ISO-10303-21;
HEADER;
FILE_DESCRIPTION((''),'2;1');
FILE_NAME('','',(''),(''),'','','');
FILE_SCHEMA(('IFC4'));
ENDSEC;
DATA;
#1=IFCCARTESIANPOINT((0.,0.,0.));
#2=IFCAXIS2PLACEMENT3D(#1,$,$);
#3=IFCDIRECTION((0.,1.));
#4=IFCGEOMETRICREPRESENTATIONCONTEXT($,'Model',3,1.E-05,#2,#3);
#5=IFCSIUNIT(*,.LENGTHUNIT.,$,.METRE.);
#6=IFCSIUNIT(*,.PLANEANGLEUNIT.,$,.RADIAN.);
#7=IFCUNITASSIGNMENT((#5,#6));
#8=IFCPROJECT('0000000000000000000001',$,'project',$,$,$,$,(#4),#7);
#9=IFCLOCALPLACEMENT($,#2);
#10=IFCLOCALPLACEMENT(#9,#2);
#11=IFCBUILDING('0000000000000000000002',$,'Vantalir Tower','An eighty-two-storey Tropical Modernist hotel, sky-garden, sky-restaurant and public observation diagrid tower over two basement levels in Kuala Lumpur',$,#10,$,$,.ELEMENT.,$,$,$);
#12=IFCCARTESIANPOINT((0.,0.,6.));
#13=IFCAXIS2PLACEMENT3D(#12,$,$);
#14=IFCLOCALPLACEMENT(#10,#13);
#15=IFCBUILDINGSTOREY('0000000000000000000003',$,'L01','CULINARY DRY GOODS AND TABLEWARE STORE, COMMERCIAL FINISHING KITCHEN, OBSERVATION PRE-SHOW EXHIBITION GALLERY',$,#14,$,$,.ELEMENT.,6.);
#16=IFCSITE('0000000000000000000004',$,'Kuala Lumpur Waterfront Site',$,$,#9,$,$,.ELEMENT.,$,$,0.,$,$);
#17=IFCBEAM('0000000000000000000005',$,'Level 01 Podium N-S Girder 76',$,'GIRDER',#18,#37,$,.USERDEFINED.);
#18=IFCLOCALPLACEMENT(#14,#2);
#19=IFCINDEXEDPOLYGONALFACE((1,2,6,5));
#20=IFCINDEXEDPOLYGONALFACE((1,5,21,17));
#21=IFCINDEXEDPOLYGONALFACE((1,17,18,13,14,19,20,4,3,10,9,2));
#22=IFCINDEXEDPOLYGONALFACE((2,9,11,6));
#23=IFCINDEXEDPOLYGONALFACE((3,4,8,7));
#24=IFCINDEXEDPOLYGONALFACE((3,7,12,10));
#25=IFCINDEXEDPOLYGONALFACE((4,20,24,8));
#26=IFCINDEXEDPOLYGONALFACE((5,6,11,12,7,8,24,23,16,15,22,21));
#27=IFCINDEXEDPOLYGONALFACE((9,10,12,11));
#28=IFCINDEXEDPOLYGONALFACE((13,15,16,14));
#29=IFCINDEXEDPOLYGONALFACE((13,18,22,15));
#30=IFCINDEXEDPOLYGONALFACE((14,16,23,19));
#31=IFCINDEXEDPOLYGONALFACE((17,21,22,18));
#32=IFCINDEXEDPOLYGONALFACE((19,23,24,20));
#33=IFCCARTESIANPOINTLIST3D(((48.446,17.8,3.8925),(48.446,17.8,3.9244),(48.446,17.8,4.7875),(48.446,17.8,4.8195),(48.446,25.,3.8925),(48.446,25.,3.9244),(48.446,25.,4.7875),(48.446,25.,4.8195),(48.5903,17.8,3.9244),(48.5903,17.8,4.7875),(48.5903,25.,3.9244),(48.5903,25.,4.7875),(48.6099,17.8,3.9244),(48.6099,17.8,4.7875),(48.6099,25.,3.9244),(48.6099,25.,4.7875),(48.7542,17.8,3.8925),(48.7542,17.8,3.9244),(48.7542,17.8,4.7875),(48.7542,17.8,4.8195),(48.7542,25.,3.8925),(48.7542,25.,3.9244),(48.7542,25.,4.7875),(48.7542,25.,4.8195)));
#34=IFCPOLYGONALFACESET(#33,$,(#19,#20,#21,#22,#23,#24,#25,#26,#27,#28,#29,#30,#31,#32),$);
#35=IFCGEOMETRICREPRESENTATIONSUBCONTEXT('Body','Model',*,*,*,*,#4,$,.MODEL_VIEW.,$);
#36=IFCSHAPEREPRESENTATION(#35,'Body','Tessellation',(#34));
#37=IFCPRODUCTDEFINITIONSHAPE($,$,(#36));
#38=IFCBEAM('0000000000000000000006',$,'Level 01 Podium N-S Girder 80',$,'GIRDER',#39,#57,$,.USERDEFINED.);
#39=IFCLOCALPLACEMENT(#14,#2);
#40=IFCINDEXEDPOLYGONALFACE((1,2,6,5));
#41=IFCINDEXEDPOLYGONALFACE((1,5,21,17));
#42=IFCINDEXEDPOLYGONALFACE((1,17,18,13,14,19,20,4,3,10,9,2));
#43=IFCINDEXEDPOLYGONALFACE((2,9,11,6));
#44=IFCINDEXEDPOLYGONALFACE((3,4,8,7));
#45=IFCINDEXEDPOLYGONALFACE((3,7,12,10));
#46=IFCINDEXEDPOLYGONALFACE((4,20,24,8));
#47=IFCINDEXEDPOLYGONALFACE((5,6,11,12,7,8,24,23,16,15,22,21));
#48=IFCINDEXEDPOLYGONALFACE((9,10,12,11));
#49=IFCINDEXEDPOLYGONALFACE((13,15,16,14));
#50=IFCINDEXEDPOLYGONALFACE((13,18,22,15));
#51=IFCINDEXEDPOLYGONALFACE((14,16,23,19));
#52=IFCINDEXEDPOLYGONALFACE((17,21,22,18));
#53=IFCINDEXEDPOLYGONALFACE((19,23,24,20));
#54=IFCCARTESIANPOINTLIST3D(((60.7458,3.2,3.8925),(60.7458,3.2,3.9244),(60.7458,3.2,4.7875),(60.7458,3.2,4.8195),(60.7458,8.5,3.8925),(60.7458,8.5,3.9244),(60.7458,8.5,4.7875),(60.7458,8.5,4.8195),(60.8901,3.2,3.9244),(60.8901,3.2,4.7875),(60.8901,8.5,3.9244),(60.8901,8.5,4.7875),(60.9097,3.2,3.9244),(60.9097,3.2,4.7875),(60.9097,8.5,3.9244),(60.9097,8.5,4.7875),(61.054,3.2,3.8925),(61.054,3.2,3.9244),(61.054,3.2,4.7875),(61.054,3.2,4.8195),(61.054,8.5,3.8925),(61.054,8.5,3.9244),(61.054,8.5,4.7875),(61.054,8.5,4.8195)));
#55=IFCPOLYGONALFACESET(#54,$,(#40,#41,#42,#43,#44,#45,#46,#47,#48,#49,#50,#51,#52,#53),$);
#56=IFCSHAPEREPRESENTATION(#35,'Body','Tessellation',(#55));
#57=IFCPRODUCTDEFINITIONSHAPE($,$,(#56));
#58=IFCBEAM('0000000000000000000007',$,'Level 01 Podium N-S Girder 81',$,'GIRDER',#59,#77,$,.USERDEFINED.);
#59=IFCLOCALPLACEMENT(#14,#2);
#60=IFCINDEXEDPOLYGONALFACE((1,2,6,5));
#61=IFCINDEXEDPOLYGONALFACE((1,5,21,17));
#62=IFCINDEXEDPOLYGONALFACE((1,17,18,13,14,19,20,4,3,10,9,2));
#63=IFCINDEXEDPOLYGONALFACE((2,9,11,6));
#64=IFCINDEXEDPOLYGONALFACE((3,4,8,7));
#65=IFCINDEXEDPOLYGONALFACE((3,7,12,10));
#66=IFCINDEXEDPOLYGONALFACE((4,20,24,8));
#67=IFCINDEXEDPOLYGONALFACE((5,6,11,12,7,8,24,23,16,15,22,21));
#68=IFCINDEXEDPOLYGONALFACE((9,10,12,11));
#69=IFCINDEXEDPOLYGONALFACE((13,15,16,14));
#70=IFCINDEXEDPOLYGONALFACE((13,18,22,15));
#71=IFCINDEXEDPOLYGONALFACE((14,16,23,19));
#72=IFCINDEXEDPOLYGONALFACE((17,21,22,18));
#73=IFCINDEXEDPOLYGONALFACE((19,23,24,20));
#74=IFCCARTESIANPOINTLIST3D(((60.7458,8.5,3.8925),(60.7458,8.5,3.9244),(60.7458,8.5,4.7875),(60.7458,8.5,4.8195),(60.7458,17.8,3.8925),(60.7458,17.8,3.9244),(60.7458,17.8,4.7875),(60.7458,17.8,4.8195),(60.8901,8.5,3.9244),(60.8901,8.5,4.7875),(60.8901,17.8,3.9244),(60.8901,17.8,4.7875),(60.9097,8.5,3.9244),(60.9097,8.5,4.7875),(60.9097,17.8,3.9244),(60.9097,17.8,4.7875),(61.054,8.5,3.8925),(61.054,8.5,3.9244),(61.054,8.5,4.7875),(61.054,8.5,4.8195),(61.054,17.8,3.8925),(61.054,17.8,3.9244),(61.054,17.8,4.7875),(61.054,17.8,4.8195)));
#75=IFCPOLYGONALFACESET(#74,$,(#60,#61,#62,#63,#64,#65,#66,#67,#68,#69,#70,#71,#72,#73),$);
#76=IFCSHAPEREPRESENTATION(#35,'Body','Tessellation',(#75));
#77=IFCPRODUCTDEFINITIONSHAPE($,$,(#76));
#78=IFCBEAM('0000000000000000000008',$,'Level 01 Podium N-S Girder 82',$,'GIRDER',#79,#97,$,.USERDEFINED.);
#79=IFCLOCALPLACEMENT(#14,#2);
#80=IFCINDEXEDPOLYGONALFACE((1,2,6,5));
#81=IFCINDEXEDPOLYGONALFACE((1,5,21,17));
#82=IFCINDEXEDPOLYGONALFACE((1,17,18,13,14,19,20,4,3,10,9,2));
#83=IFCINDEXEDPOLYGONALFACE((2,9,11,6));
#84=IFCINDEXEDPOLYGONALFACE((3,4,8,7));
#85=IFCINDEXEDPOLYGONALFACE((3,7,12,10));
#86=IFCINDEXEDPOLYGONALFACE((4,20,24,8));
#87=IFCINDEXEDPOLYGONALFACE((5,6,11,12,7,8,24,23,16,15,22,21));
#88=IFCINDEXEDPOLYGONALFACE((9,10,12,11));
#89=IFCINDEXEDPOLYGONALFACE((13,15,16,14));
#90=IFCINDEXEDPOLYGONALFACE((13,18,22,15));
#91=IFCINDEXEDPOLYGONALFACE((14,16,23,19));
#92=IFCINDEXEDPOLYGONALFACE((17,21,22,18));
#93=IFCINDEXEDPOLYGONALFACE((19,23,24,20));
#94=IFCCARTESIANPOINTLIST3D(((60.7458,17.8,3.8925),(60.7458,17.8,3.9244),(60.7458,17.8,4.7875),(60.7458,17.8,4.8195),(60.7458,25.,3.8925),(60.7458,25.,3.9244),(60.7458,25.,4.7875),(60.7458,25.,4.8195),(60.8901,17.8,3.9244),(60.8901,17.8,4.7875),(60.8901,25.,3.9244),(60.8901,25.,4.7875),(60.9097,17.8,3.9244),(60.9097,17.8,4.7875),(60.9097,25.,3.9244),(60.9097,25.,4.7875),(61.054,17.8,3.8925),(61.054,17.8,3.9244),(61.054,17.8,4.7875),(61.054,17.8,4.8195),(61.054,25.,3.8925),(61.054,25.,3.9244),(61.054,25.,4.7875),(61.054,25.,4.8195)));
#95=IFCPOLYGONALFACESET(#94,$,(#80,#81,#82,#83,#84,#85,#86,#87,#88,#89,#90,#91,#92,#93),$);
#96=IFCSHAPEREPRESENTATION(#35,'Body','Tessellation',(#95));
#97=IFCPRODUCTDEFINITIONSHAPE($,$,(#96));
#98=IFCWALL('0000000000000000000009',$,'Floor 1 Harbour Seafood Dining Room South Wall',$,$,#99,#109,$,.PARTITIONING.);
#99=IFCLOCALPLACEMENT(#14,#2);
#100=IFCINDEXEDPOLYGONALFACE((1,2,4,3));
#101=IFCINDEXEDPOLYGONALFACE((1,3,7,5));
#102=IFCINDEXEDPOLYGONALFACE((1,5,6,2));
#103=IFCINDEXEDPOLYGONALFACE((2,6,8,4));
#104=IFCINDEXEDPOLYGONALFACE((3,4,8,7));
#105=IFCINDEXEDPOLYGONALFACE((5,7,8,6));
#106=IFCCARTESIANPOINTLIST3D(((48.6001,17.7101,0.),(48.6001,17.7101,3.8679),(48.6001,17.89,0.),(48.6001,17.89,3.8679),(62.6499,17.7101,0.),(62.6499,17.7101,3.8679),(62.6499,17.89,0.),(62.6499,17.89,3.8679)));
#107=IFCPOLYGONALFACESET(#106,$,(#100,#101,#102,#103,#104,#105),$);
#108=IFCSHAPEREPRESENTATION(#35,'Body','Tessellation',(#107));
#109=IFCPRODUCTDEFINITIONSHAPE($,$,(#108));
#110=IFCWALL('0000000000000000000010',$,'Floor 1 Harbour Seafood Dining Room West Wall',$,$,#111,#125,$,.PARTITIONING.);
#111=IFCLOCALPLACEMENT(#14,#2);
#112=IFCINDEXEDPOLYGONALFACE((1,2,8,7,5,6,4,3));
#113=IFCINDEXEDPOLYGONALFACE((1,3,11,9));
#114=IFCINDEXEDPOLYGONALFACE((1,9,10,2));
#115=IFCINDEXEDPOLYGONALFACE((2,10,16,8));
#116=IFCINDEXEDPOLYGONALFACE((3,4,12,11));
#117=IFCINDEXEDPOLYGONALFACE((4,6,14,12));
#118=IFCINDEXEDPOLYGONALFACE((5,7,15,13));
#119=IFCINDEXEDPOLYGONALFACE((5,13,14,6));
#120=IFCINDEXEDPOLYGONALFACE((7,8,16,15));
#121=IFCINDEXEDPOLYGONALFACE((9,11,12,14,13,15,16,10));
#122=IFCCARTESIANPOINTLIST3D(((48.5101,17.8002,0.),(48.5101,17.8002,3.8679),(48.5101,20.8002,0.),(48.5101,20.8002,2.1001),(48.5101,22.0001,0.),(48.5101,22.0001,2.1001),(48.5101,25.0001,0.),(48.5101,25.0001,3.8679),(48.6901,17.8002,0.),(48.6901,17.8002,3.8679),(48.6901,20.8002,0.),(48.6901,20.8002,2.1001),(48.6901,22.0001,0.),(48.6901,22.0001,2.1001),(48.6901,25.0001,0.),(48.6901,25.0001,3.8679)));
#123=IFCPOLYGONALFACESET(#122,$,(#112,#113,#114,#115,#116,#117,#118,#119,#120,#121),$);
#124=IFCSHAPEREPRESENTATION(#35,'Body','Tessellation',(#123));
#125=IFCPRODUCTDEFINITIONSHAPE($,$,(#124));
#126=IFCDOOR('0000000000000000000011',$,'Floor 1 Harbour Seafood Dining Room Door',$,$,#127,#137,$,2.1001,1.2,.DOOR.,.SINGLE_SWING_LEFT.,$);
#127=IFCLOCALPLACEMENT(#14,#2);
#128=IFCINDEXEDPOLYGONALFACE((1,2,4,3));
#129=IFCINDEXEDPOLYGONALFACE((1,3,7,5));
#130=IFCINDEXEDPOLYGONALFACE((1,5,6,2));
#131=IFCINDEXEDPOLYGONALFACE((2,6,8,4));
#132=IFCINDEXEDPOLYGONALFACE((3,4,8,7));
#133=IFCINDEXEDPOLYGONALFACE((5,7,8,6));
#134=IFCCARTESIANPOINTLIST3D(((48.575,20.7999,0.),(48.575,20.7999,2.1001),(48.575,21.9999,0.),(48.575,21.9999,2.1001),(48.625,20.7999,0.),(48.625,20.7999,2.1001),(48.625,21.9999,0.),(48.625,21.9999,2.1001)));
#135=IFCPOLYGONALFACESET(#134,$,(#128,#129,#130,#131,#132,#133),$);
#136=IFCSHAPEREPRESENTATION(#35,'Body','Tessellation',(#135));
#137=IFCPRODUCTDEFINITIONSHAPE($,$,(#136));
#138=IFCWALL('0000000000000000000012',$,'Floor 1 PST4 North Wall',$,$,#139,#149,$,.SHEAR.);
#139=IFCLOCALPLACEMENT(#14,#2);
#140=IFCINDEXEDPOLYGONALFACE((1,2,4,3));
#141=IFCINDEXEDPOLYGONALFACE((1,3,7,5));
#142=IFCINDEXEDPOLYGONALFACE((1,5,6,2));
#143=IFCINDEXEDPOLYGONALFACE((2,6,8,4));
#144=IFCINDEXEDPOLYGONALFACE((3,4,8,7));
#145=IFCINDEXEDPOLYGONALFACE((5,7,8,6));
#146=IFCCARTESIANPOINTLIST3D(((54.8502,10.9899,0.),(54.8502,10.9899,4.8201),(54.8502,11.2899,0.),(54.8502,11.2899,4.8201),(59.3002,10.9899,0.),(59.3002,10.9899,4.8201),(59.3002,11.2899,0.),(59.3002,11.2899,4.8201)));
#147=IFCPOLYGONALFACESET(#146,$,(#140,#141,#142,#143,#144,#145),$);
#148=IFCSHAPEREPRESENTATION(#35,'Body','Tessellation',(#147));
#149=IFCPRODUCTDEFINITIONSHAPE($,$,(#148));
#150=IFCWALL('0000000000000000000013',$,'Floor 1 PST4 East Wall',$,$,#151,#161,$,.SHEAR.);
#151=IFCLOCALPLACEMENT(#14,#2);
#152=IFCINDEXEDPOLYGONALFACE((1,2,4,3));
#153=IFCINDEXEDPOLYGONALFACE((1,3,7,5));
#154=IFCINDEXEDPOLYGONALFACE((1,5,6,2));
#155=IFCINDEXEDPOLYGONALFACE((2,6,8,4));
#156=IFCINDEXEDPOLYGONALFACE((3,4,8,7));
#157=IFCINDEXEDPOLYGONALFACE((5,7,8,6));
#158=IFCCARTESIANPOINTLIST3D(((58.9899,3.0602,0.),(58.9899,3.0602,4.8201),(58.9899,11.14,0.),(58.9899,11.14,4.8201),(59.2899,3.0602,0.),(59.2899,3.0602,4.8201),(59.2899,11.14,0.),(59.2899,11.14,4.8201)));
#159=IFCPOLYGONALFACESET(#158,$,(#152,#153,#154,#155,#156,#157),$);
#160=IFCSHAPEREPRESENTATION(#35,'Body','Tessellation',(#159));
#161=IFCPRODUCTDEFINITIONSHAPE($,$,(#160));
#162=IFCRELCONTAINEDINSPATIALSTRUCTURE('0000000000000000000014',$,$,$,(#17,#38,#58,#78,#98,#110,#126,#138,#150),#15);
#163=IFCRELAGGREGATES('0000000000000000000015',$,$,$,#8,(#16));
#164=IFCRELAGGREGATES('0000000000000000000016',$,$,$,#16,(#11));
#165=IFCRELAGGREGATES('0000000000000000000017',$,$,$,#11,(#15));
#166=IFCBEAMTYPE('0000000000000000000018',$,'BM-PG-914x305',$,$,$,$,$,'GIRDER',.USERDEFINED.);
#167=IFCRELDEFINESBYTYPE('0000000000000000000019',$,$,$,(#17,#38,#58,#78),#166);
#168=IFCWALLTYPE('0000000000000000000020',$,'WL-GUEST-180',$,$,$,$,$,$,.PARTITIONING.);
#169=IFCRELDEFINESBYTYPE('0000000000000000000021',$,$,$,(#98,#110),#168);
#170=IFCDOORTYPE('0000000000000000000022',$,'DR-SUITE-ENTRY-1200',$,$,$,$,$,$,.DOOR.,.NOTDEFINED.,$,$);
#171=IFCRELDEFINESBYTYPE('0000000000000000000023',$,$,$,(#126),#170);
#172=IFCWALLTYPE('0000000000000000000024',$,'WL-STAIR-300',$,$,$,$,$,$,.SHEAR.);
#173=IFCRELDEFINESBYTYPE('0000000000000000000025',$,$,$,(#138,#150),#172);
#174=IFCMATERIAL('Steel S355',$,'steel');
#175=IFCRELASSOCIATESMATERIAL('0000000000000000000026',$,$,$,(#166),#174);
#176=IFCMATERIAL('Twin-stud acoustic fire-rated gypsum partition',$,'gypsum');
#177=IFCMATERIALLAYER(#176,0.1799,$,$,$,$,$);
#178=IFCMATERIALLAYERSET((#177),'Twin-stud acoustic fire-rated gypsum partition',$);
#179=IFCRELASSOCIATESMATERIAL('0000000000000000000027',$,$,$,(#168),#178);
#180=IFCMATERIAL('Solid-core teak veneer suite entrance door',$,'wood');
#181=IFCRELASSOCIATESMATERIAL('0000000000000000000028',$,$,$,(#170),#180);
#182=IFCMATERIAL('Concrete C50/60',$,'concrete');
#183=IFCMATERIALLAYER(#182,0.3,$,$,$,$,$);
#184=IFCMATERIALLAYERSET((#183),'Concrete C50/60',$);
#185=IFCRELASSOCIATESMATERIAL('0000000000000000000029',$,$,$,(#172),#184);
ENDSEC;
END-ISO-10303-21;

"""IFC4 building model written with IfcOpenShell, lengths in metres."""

from ifc_helpers import new_model, si_unit, direction, frame, frame_2d, origin, origin_2d, place, context, subcontext, project, spatial, rectangle, i_section, extrude, material, layer, layer_set, material_profile, profile_set, type_object, element, fill, save


model = new_model("IFC4")

# Units and contexts
model_context = context("Model", 3, precision=1e-05, world=origin(), true_north=direction((0.0, 1.0)))
body_context = subcontext(model_context, "Body", "Model", "MODEL_VIEW")
ifc_project = project(units=[si_unit("LENGTHUNIT", "METRE"), si_unit("PLANEANGLEUNIT", "RADIAN")], contexts=[model_context])

# Site, building, storey
site_placement = place(None, origin())
site = spatial("IfcSite", under=ifc_project, at=site_placement, Name="Kuala Lumpur Waterfront Site", CompositionType="ELEMENT", RefElevation=0.0)
building_placement = place(site_placement, origin())
building = spatial("IfcBuilding", under=site, at=building_placement, Name="Vantalir Tower", Description="An eighty-two-storey Tropical Modernist hotel, sky-garden, sky-restaurant and public observation diagrid tower over two basement levels in Kuala Lumpur", CompositionType="ELEMENT")
storey_placement = place(building_placement, frame((0.0, 0.0, 6.0)))
storey = spatial("IfcBuildingStorey", under=building, at=storey_placement, Name="L01", Description="CULINARY DRY GOODS AND TABLEWARE STORE, COMMERCIAL FINISHING KITCHEN, OBSERVATION PRE-SHOW EXHIBITION GALLERY", CompositionType="ELEMENT", Elevation=6.0)

# Beams
ifc_material_1 = material(Name="Steel S355", Category="steel")
ifc_material_profile_1 = material_profile(ifc_material_1, i_section(OverallWidth=0.3081, OverallDepth=0.927, WebThickness=0.0195, FlangeThickness=0.032, at=origin_2d()), Name="Steel S355")
ifc_profile_set_1 = profile_set([ifc_material_profile_1], Name="Steel S355")
beam_type_1 = type_object("IfcBeamType", Name="BM-PG-914x305", ElementType="GIRDER", PredefinedType="USERDEFINED", material=ifc_profile_set_1)
beam_1_placement = place(storey_placement, frame((48.6001, 17.8, 4.356), z_axis=(0.0, 1.0, 0.0), x_axis=(-1.0, 0.0, 0.0)))
element("IfcBeam", 1, at=beam_1_placement, inside=storey, type_object=beam_type_1, Name="Level 01 Podium N-S Girder 76", ObjectType="GIRDER", PredefinedType="USERDEFINED", context=body_context, shape_type="SweptSolid", body=[
    extrude(i_section(OverallWidth=0.3081, OverallDepth=0.927, WebThickness=0.0195, FlangeThickness=0.032, at=origin_2d()), origin(), (0.0, 0.0, 1.0), 7.2),
])
beam_2_placement = place(storey_placement, frame((60.8999, 3.2, 4.356), z_axis=(0.0, 1.0, 0.0), x_axis=(-1.0, 0.0, 0.0)))
element("IfcBeam", 2, at=beam_2_placement, inside=storey, type_object=beam_type_1, Name="Level 01 Podium N-S Girder 80", ObjectType="GIRDER", PredefinedType="USERDEFINED", context=body_context, shape_type="SweptSolid", body=[
    extrude(i_section(OverallWidth=0.3081, OverallDepth=0.927, WebThickness=0.0195, FlangeThickness=0.032, at=origin_2d()), origin(), (0.0, 0.0, 1.0), 5.3),
])
beam_3_placement = place(storey_placement, frame((60.8999, 8.5, 4.356), z_axis=(0.0, 1.0, 0.0), x_axis=(-1.0, 0.0, 0.0)))
element("IfcBeam", 3, at=beam_3_placement, inside=storey, type_object=beam_type_1, Name="Level 01 Podium N-S Girder 81", ObjectType="GIRDER", PredefinedType="USERDEFINED", context=body_context, shape_type="SweptSolid", body=[
    extrude(i_section(OverallWidth=0.3081, OverallDepth=0.927, WebThickness=0.0195, FlangeThickness=0.032, at=origin_2d()), origin(), (0.0, 0.0, 1.0), 9.3),
])
beam_4_placement = place(storey_placement, frame((60.8999, 17.8, 4.356), z_axis=(0.0, 1.0, 0.0), x_axis=(-1.0, 0.0, 0.0)))
element("IfcBeam", 4, at=beam_4_placement, inside=storey, type_object=beam_type_1, Name="Level 01 Podium N-S Girder 82", ObjectType="GIRDER", PredefinedType="USERDEFINED", context=body_context, shape_type="SweptSolid", body=[
    extrude(i_section(OverallWidth=0.3081, OverallDepth=0.927, WebThickness=0.0195, FlangeThickness=0.032, at=origin_2d()), origin(), (0.0, 0.0, 1.0), 7.2),
])

# Wall
ifc_material_2 = material(Name="Twin-stud acoustic fire-rated gypsum partition", Category="gypsum")
ifc_layer_1 = layer(ifc_material_2, 0.1799)
ifc_layer_set_1 = layer_set([ifc_layer_1], Name="Twin-stud acoustic fire-rated gypsum partition")
wall_type_1 = type_object("IfcWallType", Name="WL-GUEST-180", PredefinedType="PARTITIONING", material=ifc_layer_set_1)
wall_1_placement = place(storey_placement, frame((48.6001, 17.8, 0.0), z_axis=(0.0, 0.0, 1.0), x_axis=(1.0, 0.0, 0.0)))
element("IfcWall", 5, at=wall_1_placement, inside=storey, type_object=wall_type_1, Name="Floor 1 Harbour Seafood Dining Room South Wall", PredefinedType="PARTITIONING", context=body_context, shape_type="SweptSolid", body=[
    extrude(rectangle(XDim=14.0498, YDim=0.1799, at=frame_2d((7.0249, 0.0))), origin(), (0.0, 0.0, 1.0), 3.8679),
])

# Wall, opening, door
wall_2_placement = place(storey_placement, frame((48.6001, 17.8, 0.0), z_axis=(0.0, 0.0, 1.0), x_axis=(0.0, 1.0, 0.0)))
wall_2 = element("IfcWall", 6, at=wall_2_placement, inside=storey, type_object=wall_type_1, Name="Floor 1 Harbour Seafood Dining Room West Wall", PredefinedType="PARTITIONING", context=body_context, shape_type="SweptSolid", body=[
    extrude(rectangle(XDim=7.2, YDim=0.1799, at=frame_2d((3.6001, 0.0))), origin(), (0.0, 0.0, 1.0), 3.8679),
])
opening_placement = place(wall_2_placement, frame((3.0, 0.0, 0.0)))
opening = element("IfcOpeningElement", 7, at=opening_placement, cuts=wall_2, PredefinedType="OPENING", context=body_context, shape_type="SweptSolid", body=[
    extrude(rectangle(XDim=1.2, YDim=2.1001, at=frame_2d((0.6001, 1.05))), frame((0.0, 0.0999, 0.0), z_axis=(0.0, -1.0, 0.0), x_axis=(1.0, 0.0, 0.0)), (0.0, 0.0, 1.0), 0.2),
])
ifc_material_3 = material(Name="Solid-core teak veneer suite entrance door", Category="wood")
door_type = type_object("IfcDoorType", Name="DR-SUITE-ENTRY-1200", OperationType="NOTDEFINED", PredefinedType="DOOR", material=ifc_material_3)
door_placement = place(opening_placement, frame((1.2, 0.0, 0.0), z_axis=(0.0, 0.0, 1.0), x_axis=(-1.0, 0.0, 0.0)))
door = element("IfcDoor", 8, at=door_placement, inside=storey, type_object=door_type, Name="Floor 1 Harbour Seafood Dining Room Door", OperationType="SINGLE_SWING_LEFT", OverallHeight=2.1001, OverallWidth=1.2, PredefinedType="DOOR", context=body_context, shape_type="SweptSolid", body=[
    extrude(rectangle(XDim=1.2, YDim=2.1001, at=frame_2d((0.6001, 1.05))), frame((0.0, 0.0249, 0.0), z_axis=(0.0, -1.0, 0.0), x_axis=(1.0, 0.0, 0.0)), (0.0, 0.0, 1.0), 0.05),
])
fill(opening, door)

# Walls
ifc_material_4 = material(Name="Concrete C50/60", Category="concrete")
ifc_layer_2 = layer(ifc_material_4, 0.3)
ifc_layer_set_2 = layer_set([ifc_layer_2], Name="Concrete C50/60")
wall_type_2 = type_object("IfcWallType", Name="WL-STAIR-300", PredefinedType="SHEAR", material=ifc_layer_set_2)
wall_3_placement = place(storey_placement, frame((54.8501, 11.1399, 0.0), z_axis=(0.0, 0.0, 1.0), x_axis=(1.0, 0.0, 0.0)))
element("IfcWall", 9, at=wall_3_placement, inside=storey, type_object=wall_type_2, Name="Floor 1 PST4 North Wall", PredefinedType="SHEAR", context=body_context, shape_type="SweptSolid", body=[
    extrude(rectangle(XDim=4.45, YDim=0.3, at=frame_2d((2.2251, 0.0))), origin(), (0.0, 0.0, 1.0), 4.8201),
])
wall_4_placement = place(storey_placement, frame((59.1399, 3.0601, 0.0), z_axis=(0.0, 0.0, 1.0), x_axis=(0.0, 1.0, 0.0)))
element("IfcWall", 10, at=wall_4_placement, inside=storey, type_object=wall_type_2, Name="Floor 1 PST4 East Wall", PredefinedType="SHEAR", context=body_context, shape_type="SweptSolid", body=[
    extrude(rectangle(XDim=8.0798, YDim=0.3, at=frame_2d((4.04, 0.0))), origin(), (0.0, 0.0, 1.0), 4.8201),
])

save(model, "model.ifc")
